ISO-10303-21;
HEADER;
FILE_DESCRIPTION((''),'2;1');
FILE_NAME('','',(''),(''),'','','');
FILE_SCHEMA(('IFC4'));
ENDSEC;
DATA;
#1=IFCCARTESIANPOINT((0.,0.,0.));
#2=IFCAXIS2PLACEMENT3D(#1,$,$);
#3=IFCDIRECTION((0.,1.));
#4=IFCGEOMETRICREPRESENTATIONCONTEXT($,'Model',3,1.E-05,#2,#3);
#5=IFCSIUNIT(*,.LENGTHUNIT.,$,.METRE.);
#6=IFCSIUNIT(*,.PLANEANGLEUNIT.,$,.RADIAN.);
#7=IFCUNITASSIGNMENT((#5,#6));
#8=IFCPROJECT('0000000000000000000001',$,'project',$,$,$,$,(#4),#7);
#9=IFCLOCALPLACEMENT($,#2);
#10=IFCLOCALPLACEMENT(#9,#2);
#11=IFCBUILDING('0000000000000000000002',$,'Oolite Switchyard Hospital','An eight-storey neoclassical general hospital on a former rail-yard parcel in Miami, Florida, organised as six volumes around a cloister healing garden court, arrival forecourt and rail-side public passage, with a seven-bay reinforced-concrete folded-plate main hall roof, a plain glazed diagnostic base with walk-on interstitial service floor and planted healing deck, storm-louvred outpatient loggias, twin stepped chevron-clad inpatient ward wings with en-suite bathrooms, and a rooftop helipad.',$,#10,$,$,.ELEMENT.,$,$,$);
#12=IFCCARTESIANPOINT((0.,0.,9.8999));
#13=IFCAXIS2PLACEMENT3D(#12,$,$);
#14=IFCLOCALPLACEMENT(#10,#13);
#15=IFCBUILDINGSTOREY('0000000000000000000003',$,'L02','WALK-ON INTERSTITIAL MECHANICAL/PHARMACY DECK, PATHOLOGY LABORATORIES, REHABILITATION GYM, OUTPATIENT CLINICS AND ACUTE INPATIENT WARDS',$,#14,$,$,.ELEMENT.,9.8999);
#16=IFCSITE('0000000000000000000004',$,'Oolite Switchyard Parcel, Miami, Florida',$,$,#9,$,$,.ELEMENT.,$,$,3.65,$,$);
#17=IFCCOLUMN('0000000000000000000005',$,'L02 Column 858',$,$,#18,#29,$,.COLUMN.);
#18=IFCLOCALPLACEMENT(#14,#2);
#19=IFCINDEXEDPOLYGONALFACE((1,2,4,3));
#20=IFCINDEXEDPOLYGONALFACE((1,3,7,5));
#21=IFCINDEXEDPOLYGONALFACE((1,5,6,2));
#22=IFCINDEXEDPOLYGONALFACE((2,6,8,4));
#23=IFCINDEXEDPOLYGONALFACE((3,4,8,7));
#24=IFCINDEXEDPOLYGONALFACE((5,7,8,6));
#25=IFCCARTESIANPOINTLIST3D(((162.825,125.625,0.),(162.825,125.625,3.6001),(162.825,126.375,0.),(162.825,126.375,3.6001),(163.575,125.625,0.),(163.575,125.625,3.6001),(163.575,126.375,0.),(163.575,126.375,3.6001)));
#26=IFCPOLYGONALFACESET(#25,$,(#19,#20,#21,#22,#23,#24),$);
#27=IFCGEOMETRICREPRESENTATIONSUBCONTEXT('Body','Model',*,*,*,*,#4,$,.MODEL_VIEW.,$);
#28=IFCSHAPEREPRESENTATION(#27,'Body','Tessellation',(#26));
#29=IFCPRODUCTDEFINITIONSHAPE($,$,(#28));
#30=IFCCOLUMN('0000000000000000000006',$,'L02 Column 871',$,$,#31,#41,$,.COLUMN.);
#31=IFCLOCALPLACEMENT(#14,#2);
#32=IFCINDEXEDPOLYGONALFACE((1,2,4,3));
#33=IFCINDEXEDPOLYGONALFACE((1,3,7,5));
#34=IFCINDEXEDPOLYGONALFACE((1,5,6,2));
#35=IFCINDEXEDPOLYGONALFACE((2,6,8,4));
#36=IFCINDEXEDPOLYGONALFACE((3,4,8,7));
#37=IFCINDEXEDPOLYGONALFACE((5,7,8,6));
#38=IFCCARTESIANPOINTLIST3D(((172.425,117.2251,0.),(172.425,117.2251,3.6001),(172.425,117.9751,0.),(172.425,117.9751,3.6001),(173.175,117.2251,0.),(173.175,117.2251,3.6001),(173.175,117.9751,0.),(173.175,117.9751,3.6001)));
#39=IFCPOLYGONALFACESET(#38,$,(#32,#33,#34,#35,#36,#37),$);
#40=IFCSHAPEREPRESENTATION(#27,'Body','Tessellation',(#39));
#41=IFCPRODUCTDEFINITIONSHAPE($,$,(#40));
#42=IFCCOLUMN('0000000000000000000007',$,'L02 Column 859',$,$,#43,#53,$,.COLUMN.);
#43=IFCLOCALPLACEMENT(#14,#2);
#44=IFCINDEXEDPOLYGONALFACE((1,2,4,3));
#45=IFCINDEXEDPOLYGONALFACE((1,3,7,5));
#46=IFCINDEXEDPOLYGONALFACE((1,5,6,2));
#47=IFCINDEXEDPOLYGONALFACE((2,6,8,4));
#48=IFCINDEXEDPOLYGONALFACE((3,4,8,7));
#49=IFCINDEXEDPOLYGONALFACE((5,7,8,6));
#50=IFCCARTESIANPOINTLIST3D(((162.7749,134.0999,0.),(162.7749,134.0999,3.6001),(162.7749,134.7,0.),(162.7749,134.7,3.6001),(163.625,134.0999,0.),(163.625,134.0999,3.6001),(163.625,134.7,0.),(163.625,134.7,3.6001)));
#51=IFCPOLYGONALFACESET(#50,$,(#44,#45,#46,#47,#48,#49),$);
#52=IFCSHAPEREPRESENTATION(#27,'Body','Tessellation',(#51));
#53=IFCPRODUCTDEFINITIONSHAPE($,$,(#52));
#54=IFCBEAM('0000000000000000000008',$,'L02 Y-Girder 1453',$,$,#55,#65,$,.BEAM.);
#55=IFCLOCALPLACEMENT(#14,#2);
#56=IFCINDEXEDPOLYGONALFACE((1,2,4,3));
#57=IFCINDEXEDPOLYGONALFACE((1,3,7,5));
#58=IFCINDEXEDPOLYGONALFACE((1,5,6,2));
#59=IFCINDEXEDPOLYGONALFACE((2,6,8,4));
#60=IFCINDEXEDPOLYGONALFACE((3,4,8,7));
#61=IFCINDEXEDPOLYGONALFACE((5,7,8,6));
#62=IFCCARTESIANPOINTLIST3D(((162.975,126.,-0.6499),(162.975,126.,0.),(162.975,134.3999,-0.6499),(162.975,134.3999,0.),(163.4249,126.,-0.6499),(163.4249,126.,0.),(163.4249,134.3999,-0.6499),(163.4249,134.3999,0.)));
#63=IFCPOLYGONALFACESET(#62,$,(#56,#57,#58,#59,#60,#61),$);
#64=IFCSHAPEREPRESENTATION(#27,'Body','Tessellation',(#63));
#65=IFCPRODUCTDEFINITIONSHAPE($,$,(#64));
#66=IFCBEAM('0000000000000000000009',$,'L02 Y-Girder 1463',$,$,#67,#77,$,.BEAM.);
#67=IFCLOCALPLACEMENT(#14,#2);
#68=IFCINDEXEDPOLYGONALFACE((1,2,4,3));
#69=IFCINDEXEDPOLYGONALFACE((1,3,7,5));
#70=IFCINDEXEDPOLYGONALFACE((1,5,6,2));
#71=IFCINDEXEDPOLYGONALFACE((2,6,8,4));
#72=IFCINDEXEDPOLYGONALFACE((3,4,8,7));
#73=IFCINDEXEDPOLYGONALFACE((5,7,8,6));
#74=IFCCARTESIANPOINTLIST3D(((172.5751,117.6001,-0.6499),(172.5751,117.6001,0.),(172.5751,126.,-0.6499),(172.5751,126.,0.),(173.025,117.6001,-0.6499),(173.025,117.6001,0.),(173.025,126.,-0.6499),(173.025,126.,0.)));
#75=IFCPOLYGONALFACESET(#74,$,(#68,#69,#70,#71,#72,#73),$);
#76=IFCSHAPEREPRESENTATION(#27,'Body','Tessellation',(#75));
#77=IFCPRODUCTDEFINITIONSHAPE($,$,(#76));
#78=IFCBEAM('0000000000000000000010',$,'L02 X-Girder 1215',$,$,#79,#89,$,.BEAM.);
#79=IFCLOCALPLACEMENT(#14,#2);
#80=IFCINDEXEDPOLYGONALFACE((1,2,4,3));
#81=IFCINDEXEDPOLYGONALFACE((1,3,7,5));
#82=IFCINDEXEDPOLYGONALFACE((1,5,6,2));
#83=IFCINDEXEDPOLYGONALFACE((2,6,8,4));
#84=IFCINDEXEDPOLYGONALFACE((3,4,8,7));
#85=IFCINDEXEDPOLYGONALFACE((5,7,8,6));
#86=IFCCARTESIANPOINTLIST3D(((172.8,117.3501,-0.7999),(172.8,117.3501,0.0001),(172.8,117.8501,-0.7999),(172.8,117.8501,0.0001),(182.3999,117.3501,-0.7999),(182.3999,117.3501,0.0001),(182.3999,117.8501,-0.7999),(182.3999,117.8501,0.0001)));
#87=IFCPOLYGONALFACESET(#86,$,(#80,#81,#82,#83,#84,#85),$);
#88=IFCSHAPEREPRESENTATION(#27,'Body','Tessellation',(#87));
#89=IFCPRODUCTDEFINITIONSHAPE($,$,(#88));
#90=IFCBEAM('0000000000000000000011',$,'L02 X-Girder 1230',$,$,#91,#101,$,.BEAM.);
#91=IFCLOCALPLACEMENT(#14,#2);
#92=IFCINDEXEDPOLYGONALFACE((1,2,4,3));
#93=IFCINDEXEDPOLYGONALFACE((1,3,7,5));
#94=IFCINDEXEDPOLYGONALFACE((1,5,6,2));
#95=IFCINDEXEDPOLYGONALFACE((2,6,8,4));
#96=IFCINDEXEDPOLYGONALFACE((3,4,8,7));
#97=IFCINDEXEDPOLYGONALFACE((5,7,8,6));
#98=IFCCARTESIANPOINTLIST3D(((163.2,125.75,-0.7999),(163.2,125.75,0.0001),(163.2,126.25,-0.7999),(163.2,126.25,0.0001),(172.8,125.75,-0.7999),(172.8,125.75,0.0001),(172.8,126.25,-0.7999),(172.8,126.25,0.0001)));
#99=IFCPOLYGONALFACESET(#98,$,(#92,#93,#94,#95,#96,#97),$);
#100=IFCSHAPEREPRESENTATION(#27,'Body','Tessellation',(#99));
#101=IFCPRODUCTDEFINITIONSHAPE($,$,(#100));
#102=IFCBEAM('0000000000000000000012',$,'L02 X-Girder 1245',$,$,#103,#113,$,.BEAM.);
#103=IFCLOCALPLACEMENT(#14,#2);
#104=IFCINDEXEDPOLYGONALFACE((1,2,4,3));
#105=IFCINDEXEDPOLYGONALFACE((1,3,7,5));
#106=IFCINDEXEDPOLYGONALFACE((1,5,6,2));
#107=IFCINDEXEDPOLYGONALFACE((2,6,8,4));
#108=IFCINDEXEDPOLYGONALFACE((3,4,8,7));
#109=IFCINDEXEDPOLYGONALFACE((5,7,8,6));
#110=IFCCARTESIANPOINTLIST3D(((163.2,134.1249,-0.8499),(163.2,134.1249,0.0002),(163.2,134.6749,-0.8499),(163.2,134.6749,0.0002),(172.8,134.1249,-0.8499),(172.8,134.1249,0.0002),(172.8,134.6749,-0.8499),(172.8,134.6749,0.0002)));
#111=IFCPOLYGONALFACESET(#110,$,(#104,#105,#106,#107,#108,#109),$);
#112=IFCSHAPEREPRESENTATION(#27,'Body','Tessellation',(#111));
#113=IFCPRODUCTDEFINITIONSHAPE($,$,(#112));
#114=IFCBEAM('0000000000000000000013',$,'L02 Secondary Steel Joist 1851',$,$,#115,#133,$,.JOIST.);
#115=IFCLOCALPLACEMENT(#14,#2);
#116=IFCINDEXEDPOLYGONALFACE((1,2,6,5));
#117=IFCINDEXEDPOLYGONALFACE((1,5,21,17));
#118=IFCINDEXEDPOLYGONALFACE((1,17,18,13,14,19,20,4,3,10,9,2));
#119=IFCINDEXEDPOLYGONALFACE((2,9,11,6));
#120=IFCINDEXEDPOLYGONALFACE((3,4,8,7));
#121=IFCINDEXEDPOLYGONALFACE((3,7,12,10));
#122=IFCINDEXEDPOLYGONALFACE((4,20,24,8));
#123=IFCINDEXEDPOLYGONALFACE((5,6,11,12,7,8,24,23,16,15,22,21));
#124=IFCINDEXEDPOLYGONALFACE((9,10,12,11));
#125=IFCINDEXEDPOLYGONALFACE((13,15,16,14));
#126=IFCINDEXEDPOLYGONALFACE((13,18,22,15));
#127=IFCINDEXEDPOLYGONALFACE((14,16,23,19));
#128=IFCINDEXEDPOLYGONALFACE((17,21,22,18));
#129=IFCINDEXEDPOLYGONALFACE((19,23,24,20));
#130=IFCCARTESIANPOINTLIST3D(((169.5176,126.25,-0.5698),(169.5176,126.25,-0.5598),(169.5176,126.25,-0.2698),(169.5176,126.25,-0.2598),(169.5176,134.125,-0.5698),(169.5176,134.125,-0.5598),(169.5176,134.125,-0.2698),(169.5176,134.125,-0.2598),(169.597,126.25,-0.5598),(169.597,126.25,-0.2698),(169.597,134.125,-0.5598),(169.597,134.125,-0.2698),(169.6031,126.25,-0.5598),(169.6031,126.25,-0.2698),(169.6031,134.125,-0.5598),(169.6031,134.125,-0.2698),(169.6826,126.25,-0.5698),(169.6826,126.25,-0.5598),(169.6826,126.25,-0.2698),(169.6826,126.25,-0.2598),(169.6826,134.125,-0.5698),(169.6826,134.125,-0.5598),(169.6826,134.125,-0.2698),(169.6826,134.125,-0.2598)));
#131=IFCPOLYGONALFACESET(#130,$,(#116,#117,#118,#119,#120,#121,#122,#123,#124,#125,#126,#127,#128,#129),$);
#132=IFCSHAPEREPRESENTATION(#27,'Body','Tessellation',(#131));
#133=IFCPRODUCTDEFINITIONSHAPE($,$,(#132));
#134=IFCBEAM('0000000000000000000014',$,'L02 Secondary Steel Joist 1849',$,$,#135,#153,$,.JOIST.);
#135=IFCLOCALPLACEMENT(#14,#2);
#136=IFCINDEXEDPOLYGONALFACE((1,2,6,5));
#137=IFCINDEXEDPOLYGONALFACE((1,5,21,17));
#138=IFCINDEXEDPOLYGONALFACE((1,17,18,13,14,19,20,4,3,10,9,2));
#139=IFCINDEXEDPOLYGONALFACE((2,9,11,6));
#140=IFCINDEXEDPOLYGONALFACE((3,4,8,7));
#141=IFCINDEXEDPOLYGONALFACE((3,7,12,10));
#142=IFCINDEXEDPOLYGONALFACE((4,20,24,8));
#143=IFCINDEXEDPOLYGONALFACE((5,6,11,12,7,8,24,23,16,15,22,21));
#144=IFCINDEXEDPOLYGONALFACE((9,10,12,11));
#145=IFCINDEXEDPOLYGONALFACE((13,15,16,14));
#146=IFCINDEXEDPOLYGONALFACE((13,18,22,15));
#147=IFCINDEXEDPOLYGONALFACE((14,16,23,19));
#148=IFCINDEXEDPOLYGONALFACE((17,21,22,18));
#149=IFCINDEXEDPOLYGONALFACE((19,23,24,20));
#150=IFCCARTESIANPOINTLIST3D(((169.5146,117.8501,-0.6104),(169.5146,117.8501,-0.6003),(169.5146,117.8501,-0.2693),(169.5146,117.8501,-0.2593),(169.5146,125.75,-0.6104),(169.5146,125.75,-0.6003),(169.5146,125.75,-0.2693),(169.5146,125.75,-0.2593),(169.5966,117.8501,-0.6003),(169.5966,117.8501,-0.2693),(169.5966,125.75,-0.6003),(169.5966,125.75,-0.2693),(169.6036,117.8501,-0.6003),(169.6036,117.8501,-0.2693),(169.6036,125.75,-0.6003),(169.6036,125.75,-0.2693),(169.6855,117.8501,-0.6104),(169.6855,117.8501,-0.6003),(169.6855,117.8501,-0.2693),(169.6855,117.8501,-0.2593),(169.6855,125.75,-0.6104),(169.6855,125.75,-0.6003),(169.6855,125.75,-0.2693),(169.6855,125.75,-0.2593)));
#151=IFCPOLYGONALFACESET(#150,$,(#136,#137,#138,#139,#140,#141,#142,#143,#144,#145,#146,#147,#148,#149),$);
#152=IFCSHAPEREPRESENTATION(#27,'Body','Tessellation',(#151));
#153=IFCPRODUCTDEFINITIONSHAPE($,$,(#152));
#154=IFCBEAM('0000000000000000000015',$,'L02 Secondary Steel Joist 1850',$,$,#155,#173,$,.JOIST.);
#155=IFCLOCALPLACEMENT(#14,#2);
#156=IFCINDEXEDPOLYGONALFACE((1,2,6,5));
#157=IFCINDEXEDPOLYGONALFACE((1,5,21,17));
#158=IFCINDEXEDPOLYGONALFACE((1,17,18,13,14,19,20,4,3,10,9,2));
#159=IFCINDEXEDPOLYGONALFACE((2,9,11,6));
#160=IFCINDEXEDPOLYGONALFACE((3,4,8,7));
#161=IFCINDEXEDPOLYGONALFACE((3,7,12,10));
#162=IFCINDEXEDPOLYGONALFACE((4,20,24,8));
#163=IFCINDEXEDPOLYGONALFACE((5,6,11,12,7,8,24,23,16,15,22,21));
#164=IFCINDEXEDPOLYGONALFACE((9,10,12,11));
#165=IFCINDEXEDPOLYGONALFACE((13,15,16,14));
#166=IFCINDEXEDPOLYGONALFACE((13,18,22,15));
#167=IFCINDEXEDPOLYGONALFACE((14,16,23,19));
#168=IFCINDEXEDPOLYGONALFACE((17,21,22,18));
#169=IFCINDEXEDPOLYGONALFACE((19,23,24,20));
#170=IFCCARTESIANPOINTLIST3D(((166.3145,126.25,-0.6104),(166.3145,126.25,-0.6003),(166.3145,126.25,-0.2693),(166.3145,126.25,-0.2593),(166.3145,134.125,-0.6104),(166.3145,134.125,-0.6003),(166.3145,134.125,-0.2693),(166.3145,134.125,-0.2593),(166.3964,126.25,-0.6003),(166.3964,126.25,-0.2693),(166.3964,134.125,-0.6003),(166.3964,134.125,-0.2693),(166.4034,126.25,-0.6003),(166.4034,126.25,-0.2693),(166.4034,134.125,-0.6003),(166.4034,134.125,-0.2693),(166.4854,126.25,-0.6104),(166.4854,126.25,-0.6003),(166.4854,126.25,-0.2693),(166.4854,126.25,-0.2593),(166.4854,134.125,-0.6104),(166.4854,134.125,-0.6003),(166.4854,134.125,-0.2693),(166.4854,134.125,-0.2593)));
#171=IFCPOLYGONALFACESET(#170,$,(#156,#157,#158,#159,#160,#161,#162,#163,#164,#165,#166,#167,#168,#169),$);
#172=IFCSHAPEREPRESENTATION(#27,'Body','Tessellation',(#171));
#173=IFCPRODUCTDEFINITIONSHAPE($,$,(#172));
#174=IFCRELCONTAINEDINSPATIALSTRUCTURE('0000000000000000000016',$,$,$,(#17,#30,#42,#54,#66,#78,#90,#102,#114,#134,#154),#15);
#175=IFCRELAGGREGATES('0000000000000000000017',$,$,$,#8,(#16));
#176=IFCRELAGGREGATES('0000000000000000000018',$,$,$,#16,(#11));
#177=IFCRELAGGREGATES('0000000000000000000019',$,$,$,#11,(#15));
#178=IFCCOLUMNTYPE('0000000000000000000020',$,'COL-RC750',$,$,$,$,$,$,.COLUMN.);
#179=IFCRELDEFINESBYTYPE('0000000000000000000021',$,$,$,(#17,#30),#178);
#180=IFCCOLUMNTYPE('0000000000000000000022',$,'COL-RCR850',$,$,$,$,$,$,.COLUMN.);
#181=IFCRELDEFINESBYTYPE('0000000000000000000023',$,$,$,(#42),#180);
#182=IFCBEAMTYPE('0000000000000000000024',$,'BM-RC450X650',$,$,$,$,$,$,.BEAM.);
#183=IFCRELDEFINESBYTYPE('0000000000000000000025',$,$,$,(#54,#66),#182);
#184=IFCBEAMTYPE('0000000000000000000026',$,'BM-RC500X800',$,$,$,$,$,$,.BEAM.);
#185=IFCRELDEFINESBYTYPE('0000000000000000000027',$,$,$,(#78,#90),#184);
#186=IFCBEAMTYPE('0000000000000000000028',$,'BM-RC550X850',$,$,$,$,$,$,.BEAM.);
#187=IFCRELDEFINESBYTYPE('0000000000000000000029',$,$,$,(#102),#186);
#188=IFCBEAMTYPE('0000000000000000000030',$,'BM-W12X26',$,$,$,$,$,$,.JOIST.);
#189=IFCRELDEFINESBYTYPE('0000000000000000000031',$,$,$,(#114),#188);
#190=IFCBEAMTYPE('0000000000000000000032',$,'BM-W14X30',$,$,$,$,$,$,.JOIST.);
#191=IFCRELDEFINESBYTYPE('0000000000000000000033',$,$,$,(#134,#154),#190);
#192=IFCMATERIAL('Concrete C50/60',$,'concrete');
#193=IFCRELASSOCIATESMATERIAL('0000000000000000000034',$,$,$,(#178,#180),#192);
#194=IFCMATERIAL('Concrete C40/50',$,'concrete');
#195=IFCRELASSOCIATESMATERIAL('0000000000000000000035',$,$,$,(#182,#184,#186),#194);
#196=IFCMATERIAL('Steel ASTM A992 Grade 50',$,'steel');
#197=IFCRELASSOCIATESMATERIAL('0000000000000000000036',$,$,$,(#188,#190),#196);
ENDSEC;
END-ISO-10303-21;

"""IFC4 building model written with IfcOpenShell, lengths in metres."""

from ifc_helpers import new_model, si_unit, direction, frame, origin, origin_2d, place, context, subcontext, project, spatial, rectangle, i_section, extrude, material, material_profile, profile_set, type_object, element, save


model = new_model("IFC4")

# Units and contexts
model_context = context("Model", 3, precision=1e-05, world=origin(), true_north=direction((0.0, 1.0)))
body_context = subcontext(model_context, "Body", "Model", "MODEL_VIEW")
ifc_project = project(units=[si_unit("LENGTHUNIT", "METRE"), si_unit("PLANEANGLEUNIT", "RADIAN")], contexts=[model_context])

# Site, building, storey
site_placement = place(None, origin())
site = spatial("IfcSite", under=ifc_project, at=site_placement, Name="Oolite Switchyard Parcel, Miami, Florida", CompositionType="ELEMENT", RefElevation=3.65)
building_placement = place(site_placement, origin())
building = spatial("IfcBuilding", under=site, at=building_placement, Name="Oolite Switchyard Hospital", Description="An eight-storey neoclassical general hospital on a former rail-yard parcel in Miami, Florida, organised as six volumes around a cloister healing garden court, arrival forecourt and rail-side public passage, with a seven-bay reinforced-concrete folded-plate main hall roof, a plain glazed diagnostic base with walk-on interstitial service floor and planted healing deck, storm-louvred outpatient loggias, twin stepped chevron-clad inpatient ward wings with en-suite bathrooms, and a rooftop helipad.", CompositionType="ELEMENT")
storey_placement = place(building_placement, frame((0.0, 0.0, 9.8999)))
storey = spatial("IfcBuildingStorey", under=building, at=storey_placement, Name="L02", Description="WALK-ON INTERSTITIAL MECHANICAL/PHARMACY DECK, PATHOLOGY LABORATORIES, REHABILITATION GYM, OUTPATIENT CLINICS AND ACUTE INPATIENT WARDS", CompositionType="ELEMENT", Elevation=9.8999)

# Columns
ifc_material_1 = material(Name="Concrete C50/60", Category="concrete")
ifc_material_profile_1 = material_profile(ifc_material_1, rectangle(XDim=0.75, YDim=0.75, at=origin_2d()), Name="RC750X750")
ifc_profile_set_1 = profile_set([ifc_material_profile_1], Name="Concrete C50/60")
column_type_1 = type_object("IfcColumnType", Name="COL-RC750", PredefinedType="COLUMN", material=ifc_profile_set_1)
for number, where, z_axis, x_axis, name in (
    (1, (163.2, 126.0, 0.0), (0.0, 0.0, 1.0), (1.0, 0.0, 0.0), "L02 Column 858"),
    (2, (172.8, 117.6001, 0.0), (0.0, 0.0, 1.0), (1.0, 0.0, 0.0), "L02 Column 871"),
):
    element("IfcColumn", number, at=place(storey_placement, frame(where, z_axis=z_axis, x_axis=x_axis)), inside=storey, type_object=column_type_1, Name=name, PredefinedType="COLUMN", context=body_context, shape_type="SweptSolid", body=[
        extrude(rectangle(XDim=0.75, YDim=0.75, at=origin_2d()), origin(), (0.0, 0.0, 1.0), 3.6001),
    ])
ifc_material_profile_2 = material_profile(ifc_material_1, rectangle(XDim=0.8501, YDim=0.6001, at=origin_2d()), Name="RC850X600")
ifc_profile_set_2 = profile_set([ifc_material_profile_2], Name="Concrete C50/60")
column_type_2 = type_object("IfcColumnType", Name="COL-RCR850", PredefinedType="COLUMN", material=ifc_profile_set_2)
column_placement = place(storey_placement, frame((163.2, 134.3999, 0.0), z_axis=(0.0, 0.0, 1.0), x_axis=(1.0, 0.0, 0.0)))
element("IfcColumn", 3, at=column_placement, inside=storey, type_object=column_type_2, Name="L02 Column 859", PredefinedType="COLUMN", context=body_context, shape_type="SweptSolid", body=[
    extrude(rectangle(XDim=0.8501, YDim=0.6001, at=origin_2d()), origin(), (0.0, 0.0, 1.0), 3.6001),
])

# Beams
ifc_material_2 = material(Name="Concrete C40/50", Category="concrete")
ifc_material_profile_3 = material_profile(ifc_material_2, rectangle(XDim=0.45, YDim=0.6499, at=origin_2d()), Name="RCB450X650")
ifc_profile_set_3 = profile_set([ifc_material_profile_3], Name="Concrete C40/50")
beam_type_1 = type_object("IfcBeamType", Name="BM-RC450X650", PredefinedType="BEAM", material=ifc_profile_set_3)
for number, where, z_axis, x_axis, name in (
    (4, (163.2, 126.0, -0.325), (0.0, 1.0, 0.0), (-1.0, 0.0, 0.0), "L02 Y-Girder 1453"),
    (5, (172.8, 117.6001, -0.325), (0.0, 1.0, 0.0), (-1.0, 0.0, 0.0), "L02 Y-Girder 1463"),
):
    element("IfcBeam", number, at=place(storey_placement, frame(where, z_axis=z_axis, x_axis=x_axis)), inside=storey, type_object=beam_type_1, Name=name, PredefinedType="BEAM", context=body_context, shape_type="SweptSolid", body=[
        extrude(rectangle(XDim=0.45, YDim=0.6499, at=origin_2d()), origin(), (0.0, 0.0, 1.0), 8.3999),
    ])
ifc_material_profile_4 = material_profile(ifc_material_2, rectangle(XDim=0.5, YDim=0.8, at=origin_2d()), Name="RCB500X800")
ifc_profile_set_4 = profile_set([ifc_material_profile_4], Name="Concrete C40/50")
beam_type_2 = type_object("IfcBeamType", Name="BM-RC500X800", PredefinedType="BEAM", material=ifc_profile_set_4)
beam_1_placement = place(storey_placement, frame((172.8, 117.6001, -0.3999), z_axis=(1.0, 0.0, 0.0), x_axis=(0.0, 1.0, 0.0)))
element("IfcBeam", 6, at=beam_1_placement, inside=storey, type_object=beam_type_2, Name="L02 X-Girder 1215", PredefinedType="BEAM", context=body_context, shape_type="SweptSolid", body=[
    extrude(rectangle(XDim=0.5, YDim=0.8, at=origin_2d()), origin(), (0.0, 0.0, 1.0), 9.5999),
])
beam_2_placement = place(storey_placement, frame((163.2, 126.0, -0.3999), z_axis=(1.0, 0.0, 0.0), x_axis=(0.0, 1.0, 0.0)))
element("IfcBeam", 7, at=beam_2_placement, inside=storey, type_object=beam_type_2, Name="L02 X-Girder 1230", PredefinedType="BEAM", context=body_context, shape_type="SweptSolid", body=[
    extrude(rectangle(XDim=0.5, YDim=0.8, at=origin_2d()), origin(), (0.0, 0.0, 1.0), 9.6001),
])
ifc_material_profile_5 = material_profile(ifc_material_2, rectangle(XDim=0.55, YDim=0.8501, at=origin_2d()), Name="RCB550X850")
ifc_profile_set_5 = profile_set([ifc_material_profile_5], Name="Concrete C40/50")
beam_type_3 = type_object("IfcBeamType", Name="BM-RC550X850", PredefinedType="BEAM", material=ifc_profile_set_5)
beam_3_placement = place(storey_placement, frame((163.2, 134.3999, -0.4248), z_axis=(1.0, 0.0, 0.0), x_axis=(0.0, 1.0, 0.0)))
element("IfcBeam", 8, at=beam_3_placement, inside=storey, type_object=beam_type_3, Name="L02 X-Girder 1245", PredefinedType="BEAM", context=body_context, shape_type="SweptSolid", body=[
    extrude(rectangle(XDim=0.55, YDim=0.8501, at=origin_2d()), origin(), (0.0, 0.0, 1.0), 9.6001),
])
ifc_material_3 = material(Name="Steel ASTM A992 Grade 50", Category="steel")
ifc_material_profile_6 = material_profile(ifc_material_3, i_section(OverallWidth=0.165, OverallDepth=0.3101, WebThickness=0.0061, FlangeThickness=0.01, at=origin_2d()), Name="W12X26")
ifc_profile_set_6 = profile_set([ifc_material_profile_6], Name="Steel ASTM A992 Grade 50")
beam_type_4 = type_object("IfcBeamType", Name="BM-W12X26", PredefinedType="JOIST", material=ifc_profile_set_6)
beam_4_placement = place(storey_placement, frame((169.6001, 126.25, -0.4148), z_axis=(0.0, 1.0, 0.0), x_axis=(-1.0, 0.0, 0.0)))
element("IfcBeam", 9, at=beam_4_placement, inside=storey, type_object=beam_type_4, Name="L02 Secondary Steel Joist 1851", PredefinedType="JOIST", context=body_context, shape_type="SweptSolid", body=[
    extrude(i_section(OverallWidth=0.165, OverallDepth=0.3101, WebThickness=0.0061, FlangeThickness=0.01, at=origin_2d()), origin(), (0.0, 0.0, 1.0), 7.875),
])
ifc_material_profile_7 = material_profile(ifc_material_3, i_section(OverallWidth=0.1709, OverallDepth=0.3511, WebThickness=0.0071, FlangeThickness=0.01, at=origin_2d()), Name="W14X30")
ifc_profile_set_7 = profile_set([ifc_material_profile_7], Name="Steel ASTM A992 Grade 50")
beam_type_5 = type_object("IfcBeamType", Name="BM-W14X30", PredefinedType="JOIST", material=ifc_profile_set_7)
beam_5_placement = place(storey_placement, frame((169.6001, 117.8501, -0.4348), z_axis=(0.0, 1.0, 0.0), x_axis=(-1.0, 0.0, 0.0)))
element("IfcBeam", 10, at=beam_5_placement, inside=storey, type_object=beam_type_5, Name="L02 Secondary Steel Joist 1849", PredefinedType="JOIST", context=body_context, shape_type="SweptSolid", body=[
    extrude(i_section(OverallWidth=0.1709, OverallDepth=0.3511, WebThickness=0.0071, FlangeThickness=0.01, at=origin_2d()), origin(), (0.0, 0.0, 1.0), 7.8999),
])
beam_6_placement = place(storey_placement, frame((166.3999, 126.25, -0.4348), z_axis=(0.0, 1.0, 0.0), x_axis=(-1.0, 0.0, 0.0)))
element("IfcBeam", 11, at=beam_6_placement, inside=storey, type_object=beam_type_5, Name="L02 Secondary Steel Joist 1850", PredefinedType="JOIST", context=body_context, shape_type="SweptSolid", body=[
    extrude(i_section(OverallWidth=0.1709, OverallDepth=0.3511, WebThickness=0.0071, FlangeThickness=0.01, at=origin_2d()), origin(), (0.0, 0.0, 1.0), 7.875),
])

save(model, "model.ifc")
